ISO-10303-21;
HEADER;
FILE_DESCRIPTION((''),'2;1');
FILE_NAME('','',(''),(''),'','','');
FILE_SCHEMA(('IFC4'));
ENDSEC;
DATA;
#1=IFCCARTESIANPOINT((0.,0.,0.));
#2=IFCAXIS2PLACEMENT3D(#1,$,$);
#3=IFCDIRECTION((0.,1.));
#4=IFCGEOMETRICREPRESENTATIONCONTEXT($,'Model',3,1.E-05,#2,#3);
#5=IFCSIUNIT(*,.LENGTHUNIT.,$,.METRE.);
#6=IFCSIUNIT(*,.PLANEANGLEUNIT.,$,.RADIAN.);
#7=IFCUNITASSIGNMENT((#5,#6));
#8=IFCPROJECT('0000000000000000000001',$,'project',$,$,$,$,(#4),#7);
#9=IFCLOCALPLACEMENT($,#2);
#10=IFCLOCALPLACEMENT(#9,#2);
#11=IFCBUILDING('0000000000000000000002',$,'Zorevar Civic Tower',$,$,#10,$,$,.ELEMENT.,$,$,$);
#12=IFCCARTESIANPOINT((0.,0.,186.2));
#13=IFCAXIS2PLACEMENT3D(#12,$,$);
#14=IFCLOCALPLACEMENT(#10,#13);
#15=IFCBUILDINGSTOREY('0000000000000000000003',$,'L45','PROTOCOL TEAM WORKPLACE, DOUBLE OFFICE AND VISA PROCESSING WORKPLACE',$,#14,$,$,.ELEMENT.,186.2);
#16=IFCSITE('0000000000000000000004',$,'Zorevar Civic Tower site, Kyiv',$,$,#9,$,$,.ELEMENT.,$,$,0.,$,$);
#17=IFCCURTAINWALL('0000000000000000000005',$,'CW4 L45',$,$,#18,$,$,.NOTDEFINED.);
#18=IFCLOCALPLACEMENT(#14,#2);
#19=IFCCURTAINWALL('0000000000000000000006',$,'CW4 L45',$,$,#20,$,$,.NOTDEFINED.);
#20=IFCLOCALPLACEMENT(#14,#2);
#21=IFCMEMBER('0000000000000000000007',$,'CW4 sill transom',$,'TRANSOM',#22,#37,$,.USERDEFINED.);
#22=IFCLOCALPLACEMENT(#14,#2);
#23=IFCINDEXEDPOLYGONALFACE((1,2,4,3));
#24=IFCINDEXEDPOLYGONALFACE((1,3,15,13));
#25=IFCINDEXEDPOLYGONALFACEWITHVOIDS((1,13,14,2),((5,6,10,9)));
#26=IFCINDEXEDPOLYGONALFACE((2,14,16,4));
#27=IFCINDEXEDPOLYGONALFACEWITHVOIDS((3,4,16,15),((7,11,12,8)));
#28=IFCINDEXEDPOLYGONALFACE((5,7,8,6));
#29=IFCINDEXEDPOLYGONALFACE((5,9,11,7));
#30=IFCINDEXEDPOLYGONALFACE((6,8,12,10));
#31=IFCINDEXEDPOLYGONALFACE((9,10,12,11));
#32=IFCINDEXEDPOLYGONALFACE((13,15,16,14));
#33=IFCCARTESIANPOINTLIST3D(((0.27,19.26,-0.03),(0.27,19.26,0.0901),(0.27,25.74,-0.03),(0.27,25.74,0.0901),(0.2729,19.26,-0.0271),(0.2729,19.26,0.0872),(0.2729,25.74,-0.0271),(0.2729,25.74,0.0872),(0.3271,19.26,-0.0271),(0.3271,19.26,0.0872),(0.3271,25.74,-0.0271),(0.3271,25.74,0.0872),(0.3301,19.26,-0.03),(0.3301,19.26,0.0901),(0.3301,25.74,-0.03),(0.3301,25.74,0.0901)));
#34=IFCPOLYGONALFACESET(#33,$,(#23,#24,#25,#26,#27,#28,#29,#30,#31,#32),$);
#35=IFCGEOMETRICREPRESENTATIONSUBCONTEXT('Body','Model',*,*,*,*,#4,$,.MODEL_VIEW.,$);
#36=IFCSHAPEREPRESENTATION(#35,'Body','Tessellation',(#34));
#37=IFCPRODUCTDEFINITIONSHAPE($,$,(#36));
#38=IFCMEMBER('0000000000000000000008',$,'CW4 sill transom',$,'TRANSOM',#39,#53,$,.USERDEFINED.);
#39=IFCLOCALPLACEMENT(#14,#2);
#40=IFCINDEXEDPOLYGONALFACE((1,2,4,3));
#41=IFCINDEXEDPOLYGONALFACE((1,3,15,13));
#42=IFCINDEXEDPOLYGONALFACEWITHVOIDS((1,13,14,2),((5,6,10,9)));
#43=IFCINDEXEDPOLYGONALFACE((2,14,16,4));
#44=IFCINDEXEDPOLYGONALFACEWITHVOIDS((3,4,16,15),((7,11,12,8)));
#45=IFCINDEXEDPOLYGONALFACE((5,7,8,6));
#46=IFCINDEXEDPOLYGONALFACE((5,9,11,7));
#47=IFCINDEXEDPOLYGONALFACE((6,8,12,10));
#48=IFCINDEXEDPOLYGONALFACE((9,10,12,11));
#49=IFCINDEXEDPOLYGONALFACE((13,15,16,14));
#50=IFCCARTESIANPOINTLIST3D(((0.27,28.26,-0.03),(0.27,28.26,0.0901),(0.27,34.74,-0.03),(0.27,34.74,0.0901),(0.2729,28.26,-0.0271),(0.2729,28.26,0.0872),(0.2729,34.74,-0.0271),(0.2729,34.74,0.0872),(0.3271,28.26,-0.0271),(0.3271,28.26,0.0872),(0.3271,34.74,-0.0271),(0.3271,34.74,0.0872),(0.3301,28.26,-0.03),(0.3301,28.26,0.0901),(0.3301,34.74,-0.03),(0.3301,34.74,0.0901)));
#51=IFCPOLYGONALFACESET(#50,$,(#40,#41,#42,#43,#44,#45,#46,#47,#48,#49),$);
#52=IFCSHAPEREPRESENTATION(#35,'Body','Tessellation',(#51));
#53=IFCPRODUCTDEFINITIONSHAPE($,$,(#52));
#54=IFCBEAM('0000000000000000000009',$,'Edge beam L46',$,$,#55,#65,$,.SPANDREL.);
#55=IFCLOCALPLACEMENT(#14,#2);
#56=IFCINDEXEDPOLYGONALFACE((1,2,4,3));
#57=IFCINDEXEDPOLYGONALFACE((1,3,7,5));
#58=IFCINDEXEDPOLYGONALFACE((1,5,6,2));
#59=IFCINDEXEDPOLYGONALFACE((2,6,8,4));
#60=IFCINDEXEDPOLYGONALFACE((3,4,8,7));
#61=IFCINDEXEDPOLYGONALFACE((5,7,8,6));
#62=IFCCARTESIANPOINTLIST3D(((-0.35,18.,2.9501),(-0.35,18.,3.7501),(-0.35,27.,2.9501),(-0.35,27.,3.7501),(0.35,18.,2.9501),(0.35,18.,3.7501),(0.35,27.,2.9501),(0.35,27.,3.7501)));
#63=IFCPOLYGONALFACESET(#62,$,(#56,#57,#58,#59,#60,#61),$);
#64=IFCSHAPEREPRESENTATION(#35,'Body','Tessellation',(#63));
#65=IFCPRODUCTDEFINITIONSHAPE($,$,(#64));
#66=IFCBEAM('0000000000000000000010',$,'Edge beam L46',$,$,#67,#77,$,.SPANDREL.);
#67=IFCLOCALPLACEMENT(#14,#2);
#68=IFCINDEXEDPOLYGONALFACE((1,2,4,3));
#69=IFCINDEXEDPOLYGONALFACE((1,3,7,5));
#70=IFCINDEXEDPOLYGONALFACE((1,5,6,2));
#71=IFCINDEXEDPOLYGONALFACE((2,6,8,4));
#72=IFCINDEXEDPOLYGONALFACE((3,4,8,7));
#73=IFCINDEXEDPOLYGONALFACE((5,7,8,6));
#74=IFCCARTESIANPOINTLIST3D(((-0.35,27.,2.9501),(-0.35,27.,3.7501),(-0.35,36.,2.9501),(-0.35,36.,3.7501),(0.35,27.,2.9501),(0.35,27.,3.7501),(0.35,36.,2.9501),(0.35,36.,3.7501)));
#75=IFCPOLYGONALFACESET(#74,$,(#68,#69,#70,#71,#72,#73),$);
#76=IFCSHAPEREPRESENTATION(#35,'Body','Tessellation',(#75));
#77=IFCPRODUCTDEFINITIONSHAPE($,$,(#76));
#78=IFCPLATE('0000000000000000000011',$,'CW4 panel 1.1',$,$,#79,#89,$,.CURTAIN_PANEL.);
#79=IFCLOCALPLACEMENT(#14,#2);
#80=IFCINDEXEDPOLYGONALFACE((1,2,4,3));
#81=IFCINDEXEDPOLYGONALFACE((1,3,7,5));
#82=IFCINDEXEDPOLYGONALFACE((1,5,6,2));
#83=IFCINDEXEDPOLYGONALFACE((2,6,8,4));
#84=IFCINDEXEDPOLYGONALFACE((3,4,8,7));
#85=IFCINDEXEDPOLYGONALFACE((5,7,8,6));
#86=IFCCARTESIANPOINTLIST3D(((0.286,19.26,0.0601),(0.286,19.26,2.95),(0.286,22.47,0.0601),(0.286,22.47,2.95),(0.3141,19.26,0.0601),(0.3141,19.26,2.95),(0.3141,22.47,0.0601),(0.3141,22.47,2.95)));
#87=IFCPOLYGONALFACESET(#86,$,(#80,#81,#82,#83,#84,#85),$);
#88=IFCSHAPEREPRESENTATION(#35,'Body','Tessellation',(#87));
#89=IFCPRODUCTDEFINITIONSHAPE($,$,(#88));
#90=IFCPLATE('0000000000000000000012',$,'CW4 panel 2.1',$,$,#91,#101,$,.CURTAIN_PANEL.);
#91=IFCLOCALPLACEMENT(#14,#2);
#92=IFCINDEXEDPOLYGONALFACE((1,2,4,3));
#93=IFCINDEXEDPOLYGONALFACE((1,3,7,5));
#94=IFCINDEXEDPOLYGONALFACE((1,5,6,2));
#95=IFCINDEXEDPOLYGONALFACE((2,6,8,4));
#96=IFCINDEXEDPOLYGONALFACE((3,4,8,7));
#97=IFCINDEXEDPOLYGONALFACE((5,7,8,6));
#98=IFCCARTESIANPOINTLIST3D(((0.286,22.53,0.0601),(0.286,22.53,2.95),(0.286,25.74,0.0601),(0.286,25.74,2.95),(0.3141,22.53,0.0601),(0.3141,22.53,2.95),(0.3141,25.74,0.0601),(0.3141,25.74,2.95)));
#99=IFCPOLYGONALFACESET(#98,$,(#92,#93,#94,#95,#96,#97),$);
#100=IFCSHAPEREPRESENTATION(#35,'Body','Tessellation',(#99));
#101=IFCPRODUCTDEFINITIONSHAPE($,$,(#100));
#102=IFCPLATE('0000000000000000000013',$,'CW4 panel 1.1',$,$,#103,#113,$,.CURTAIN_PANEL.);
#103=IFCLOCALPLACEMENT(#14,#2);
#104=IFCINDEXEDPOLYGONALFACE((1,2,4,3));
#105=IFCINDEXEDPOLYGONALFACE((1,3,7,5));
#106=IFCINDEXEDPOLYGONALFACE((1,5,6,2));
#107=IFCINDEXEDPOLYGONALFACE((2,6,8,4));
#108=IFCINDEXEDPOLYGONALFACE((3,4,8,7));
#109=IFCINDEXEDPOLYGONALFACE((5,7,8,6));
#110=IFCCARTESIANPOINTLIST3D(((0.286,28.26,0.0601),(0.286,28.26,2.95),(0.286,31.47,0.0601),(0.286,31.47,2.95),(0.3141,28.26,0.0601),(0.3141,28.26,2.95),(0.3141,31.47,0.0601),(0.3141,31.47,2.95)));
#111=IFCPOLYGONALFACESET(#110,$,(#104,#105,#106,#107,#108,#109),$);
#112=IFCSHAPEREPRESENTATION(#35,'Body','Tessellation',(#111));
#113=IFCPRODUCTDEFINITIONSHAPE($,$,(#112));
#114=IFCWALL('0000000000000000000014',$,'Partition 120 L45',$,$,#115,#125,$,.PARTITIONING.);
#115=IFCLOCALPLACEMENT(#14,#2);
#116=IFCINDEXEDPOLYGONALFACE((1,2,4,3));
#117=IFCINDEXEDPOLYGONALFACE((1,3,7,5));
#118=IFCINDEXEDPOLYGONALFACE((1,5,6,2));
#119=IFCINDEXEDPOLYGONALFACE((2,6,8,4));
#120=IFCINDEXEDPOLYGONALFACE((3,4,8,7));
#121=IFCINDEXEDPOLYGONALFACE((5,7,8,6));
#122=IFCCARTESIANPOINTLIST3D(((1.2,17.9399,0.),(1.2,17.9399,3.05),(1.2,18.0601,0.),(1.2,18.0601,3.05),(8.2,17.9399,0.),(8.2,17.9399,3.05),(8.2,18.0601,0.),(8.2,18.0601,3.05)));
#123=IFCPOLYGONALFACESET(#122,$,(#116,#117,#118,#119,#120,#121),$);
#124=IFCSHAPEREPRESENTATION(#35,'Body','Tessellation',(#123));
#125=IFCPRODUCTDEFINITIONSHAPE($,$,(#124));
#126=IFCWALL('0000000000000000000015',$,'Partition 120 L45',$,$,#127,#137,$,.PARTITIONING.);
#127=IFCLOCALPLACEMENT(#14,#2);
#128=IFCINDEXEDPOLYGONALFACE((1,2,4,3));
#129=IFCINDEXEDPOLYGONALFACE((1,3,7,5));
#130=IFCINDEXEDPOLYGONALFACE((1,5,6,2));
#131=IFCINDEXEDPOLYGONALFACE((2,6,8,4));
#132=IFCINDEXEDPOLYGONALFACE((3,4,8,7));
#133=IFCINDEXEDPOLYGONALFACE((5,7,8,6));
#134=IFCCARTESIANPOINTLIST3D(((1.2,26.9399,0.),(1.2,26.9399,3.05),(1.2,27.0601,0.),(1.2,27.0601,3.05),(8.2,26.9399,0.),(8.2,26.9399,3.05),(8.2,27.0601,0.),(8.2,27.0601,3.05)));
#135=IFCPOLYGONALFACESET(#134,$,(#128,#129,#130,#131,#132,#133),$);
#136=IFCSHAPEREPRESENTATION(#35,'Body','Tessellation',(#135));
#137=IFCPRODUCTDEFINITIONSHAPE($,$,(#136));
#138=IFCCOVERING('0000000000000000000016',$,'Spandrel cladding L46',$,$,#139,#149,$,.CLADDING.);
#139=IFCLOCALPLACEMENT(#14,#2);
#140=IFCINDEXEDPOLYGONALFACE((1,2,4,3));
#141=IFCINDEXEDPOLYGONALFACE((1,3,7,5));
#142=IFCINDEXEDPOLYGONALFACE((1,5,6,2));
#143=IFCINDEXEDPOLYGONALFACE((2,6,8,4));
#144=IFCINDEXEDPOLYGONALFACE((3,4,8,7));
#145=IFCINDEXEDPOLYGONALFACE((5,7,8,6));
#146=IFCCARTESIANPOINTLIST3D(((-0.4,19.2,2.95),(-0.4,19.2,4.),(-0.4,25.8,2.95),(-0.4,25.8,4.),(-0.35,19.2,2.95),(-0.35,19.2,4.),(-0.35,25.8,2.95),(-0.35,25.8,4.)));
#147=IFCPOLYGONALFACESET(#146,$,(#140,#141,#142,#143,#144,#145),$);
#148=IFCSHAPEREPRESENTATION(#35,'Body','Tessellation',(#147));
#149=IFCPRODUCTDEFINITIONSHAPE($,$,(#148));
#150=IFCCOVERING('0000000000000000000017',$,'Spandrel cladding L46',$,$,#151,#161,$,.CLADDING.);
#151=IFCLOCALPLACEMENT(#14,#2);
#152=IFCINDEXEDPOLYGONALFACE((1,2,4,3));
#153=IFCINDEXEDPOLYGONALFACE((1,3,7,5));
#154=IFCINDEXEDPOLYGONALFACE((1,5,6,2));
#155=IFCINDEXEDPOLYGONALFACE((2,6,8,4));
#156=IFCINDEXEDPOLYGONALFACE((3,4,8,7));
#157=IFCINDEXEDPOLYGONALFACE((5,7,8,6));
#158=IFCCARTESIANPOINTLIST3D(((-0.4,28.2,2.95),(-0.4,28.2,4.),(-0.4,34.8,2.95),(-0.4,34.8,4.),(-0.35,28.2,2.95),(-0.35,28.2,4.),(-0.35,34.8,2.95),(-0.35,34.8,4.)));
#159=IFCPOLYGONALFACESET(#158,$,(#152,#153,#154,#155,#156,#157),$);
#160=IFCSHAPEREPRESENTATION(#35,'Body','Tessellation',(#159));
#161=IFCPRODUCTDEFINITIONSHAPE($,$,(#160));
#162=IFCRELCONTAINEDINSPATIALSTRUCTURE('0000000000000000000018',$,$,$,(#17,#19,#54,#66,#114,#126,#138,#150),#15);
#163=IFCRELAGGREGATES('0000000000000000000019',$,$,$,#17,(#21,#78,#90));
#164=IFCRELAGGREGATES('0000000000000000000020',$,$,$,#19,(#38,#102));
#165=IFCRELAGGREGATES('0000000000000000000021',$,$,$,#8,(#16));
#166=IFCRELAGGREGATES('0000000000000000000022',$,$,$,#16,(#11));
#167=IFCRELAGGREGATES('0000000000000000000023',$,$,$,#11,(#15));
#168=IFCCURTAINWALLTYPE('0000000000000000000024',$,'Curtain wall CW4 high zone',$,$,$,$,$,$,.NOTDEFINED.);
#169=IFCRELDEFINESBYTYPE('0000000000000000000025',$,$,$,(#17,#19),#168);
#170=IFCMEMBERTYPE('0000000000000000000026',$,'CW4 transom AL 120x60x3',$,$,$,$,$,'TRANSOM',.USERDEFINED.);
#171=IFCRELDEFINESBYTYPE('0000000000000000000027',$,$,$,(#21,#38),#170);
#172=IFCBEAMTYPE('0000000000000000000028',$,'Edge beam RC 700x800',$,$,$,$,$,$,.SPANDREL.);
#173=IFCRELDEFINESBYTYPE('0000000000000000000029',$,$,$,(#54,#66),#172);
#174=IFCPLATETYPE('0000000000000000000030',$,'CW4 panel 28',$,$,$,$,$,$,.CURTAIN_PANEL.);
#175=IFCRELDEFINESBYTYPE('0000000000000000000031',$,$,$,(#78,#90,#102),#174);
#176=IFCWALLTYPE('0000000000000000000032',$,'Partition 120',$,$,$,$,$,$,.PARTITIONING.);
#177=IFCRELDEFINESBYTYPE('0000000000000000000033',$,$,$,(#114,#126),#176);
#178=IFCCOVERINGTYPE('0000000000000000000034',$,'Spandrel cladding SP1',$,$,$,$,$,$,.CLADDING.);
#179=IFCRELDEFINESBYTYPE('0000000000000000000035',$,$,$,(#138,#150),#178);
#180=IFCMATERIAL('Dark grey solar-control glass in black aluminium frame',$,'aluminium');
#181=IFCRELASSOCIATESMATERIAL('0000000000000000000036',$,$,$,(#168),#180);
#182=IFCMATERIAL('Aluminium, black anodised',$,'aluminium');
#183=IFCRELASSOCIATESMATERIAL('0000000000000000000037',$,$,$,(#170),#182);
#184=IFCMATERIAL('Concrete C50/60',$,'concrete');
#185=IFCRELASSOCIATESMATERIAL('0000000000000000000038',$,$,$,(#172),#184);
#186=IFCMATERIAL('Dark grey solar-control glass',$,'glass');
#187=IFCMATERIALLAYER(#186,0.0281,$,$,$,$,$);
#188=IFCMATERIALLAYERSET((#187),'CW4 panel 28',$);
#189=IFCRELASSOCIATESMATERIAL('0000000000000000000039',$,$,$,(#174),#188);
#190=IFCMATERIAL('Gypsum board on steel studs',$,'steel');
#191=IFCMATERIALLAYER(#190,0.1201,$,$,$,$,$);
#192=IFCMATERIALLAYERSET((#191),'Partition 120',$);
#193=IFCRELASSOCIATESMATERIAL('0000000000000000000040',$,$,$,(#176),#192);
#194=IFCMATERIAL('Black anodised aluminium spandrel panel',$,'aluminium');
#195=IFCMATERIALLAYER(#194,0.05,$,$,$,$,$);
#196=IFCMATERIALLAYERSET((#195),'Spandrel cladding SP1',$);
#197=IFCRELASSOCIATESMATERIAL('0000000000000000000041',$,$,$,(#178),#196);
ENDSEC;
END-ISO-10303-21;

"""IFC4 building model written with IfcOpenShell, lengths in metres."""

from ifc_helpers import new_model, si_unit, direction, frame, frame_2d, origin, origin_2d, place, context, subcontext, project, spatial, rectangle, hollow_rectangle, extrude, material, layer, layer_set, material_profile, profile_set, type_object, element, aggregate, save


model = new_model("IFC4")

# Units and contexts
model_context = context("Model", 3, precision=1e-05, world=origin(), true_north=direction((0.0, 1.0)))
body_context = subcontext(model_context, "Body", "Model", "MODEL_VIEW")
ifc_project = project(units=[si_unit("LENGTHUNIT", "METRE"), si_unit("PLANEANGLEUNIT", "RADIAN")], contexts=[model_context])

# Site, building, storey
site_placement = place(None, origin())
site = spatial("IfcSite", under=ifc_project, at=site_placement, Name="Zorevar Civic Tower site, Kyiv", CompositionType="ELEMENT", RefElevation=0.0)
building_placement = place(site_placement, origin())
building = spatial("IfcBuilding", under=site, at=building_placement, Name="Zorevar Civic Tower", CompositionType="ELEMENT")
storey_placement = place(building_placement, frame((0.0, 0.0, 186.2)))
storey = spatial("IfcBuildingStorey", under=building, at=storey_placement, Name="L45", Description="PROTOCOL TEAM WORKPLACE, DOUBLE OFFICE AND VISA PROCESSING WORKPLACE", CompositionType="ELEMENT", Elevation=186.2)

# Shared definitions
ifc_material_1 = material(Name="Dark grey solar-control glass in black aluminium frame", Category="aluminium")
curtain_wall_type = type_object("IfcCurtainWallType", Name="Curtain wall CW4 high zone", PredefinedType="NOTDEFINED", material=ifc_material_1)

# Curtain walls
curtain_wall_1_placement = place(storey_placement, origin())
curtain_wall_1 = element("IfcCurtainWall", 1, at=curtain_wall_1_placement, inside=storey, type_object=curtain_wall_type, Name="CW4 L45", PredefinedType="NOTDEFINED")
curtain_wall_2_placement = place(storey_placement, origin())
curtain_wall_2 = element("IfcCurtainWall", 2, at=curtain_wall_2_placement, inside=storey, type_object=curtain_wall_type, Name="CW4 L45", PredefinedType="NOTDEFINED")

# Members
ifc_material_2 = material(Name="Aluminium, black anodised", Category="aluminium")
ifc_material_profile_1 = material_profile(ifc_material_2, hollow_rectangle(XDim=0.0601, YDim=0.1201, WallThickness=0.0029, at=origin_2d()), Name="AL 120x60x3")
ifc_profile_set_1 = profile_set([ifc_material_profile_1], Name="Aluminium, black anodised")
member_type_1 = type_object("IfcMemberType", Name="CW4 transom AL 120x60x3", ElementType="TRANSOM", PredefinedType="USERDEFINED", material=ifc_profile_set_1)
member_1_placement = place(storey_placement, frame((0.3, 19.26, 0.03), z_axis=(0.0, 1.0, 0.0), x_axis=(-1.0, 0.0, 0.0)))
member_1 = element("IfcMember", 3, at=member_1_placement, type_object=member_type_1, Name="CW4 sill transom", ObjectType="TRANSOM", PredefinedType="USERDEFINED", context=body_context, shape_type="SweptSolid", body=[
    extrude(hollow_rectangle(XDim=0.0601, YDim=0.1201, WallThickness=0.0029, at=origin_2d()), origin(), (0.0, 0.0, 1.0), 6.48),
])
member_2_placement = place(storey_placement, frame((0.3, 28.26, 0.03), z_axis=(0.0, 1.0, 0.0), x_axis=(-1.0, 0.0, 0.0)))
member_2 = element("IfcMember", 4, at=member_2_placement, type_object=member_type_1, Name="CW4 sill transom", ObjectType="TRANSOM", PredefinedType="USERDEFINED", context=body_context, shape_type="SweptSolid", body=[
    extrude(hollow_rectangle(XDim=0.0601, YDim=0.1201, WallThickness=0.0029, at=origin_2d()), origin(), (0.0, 0.0, 1.0), 6.48),
])

# Beams
ifc_material_3 = material(Name="Concrete C50/60", Category="concrete")
ifc_material_profile_2 = material_profile(ifc_material_3, rectangle(XDim=0.7, YDim=0.8, at=origin_2d()), Name="RC 700x800")
ifc_profile_set_2 = profile_set([ifc_material_profile_2], Name="Concrete C50/60")
beam_type_1 = type_object("IfcBeamType", Name="Edge beam RC 700x800", PredefinedType="SPANDREL", material=ifc_profile_set_2)
for number, where, z_axis, x_axis, name in (
    (5, (0.0, 18.0, 3.3501), (0.0, 1.0, 0.0), (-1.0, 0.0, 0.0), "Edge beam L46"),
    (6, (0.0, 27.0, 3.3501), (0.0, 1.0, 0.0), (-1.0, 0.0, 0.0), "Edge beam L46"),
):
    element("IfcBeam", number, at=place(storey_placement, frame(where, z_axis=z_axis, x_axis=x_axis)), inside=storey, type_object=beam_type_1, Name=name, PredefinedType="SPANDREL", context=body_context, shape_type="SweptSolid", body=[
        extrude(rectangle(XDim=0.7, YDim=0.8, at=origin_2d()), origin(), (0.0, 0.0, 1.0), 9.0),
    ])

# Plates
ifc_material_4 = material(Name="Dark grey solar-control glass", Category="glass")
ifc_layer_1 = layer(ifc_material_4, 0.0281)
ifc_layer_set_1 = layer_set([ifc_layer_1], Name="CW4 panel 28")
plate_type = type_object("IfcPlateType", Name="CW4 panel 28", PredefinedType="CURTAIN_PANEL", material=ifc_layer_set_1)
plate_1_placement = place(storey_placement, frame((0.3, 20.865, 0.0601), z_axis=(0.0, 0.0, 1.0), x_axis=(0.0, 1.0, 0.0)))
plate_1 = element("IfcPlate", 7, at=plate_1_placement, type_object=plate_type, Name="CW4 panel 1.1", PredefinedType="CURTAIN_PANEL", context=body_context, shape_type="SweptSolid", body=[
    extrude(rectangle(XDim=3.21, YDim=0.0281, at=origin_2d()), origin(), (0.0, 0.0, 1.0), 2.8899),
])
plate_2_placement = place(storey_placement, frame((0.3, 24.135, 0.0601), z_axis=(0.0, 0.0, 1.0), x_axis=(0.0, 1.0, 0.0)))
plate_2 = element("IfcPlate", 8, at=plate_2_placement, type_object=plate_type, Name="CW4 panel 2.1", PredefinedType="CURTAIN_PANEL", context=body_context, shape_type="SweptSolid", body=[
    extrude(rectangle(XDim=3.21, YDim=0.0281, at=origin_2d()), origin(), (0.0, 0.0, 1.0), 2.8899),
])
aggregate(curtain_wall_1, [member_1, plate_1, plate_2])
plate_3_placement = place(storey_placement, frame((0.3, 29.865, 0.0601), z_axis=(0.0, 0.0, 1.0), x_axis=(0.0, 1.0, 0.0)))
plate_3 = element("IfcPlate", 9, at=plate_3_placement, type_object=plate_type, Name="CW4 panel 1.1", PredefinedType="CURTAIN_PANEL", context=body_context, shape_type="SweptSolid", body=[
    extrude(rectangle(XDim=3.21, YDim=0.0281, at=origin_2d()), origin(), (0.0, 0.0, 1.0), 2.8899),
])
aggregate(curtain_wall_2, [member_2, plate_3])

# Walls
ifc_material_5 = material(Name="Gypsum board on steel studs", Category="steel")
ifc_layer_2 = layer(ifc_material_5, 0.1201)
ifc_layer_set_2 = layer_set([ifc_layer_2], Name="Partition 120")
wall_type = type_object("IfcWallType", Name="Partition 120", PredefinedType="PARTITIONING", material=ifc_layer_set_2)
for number, where, z_axis, x_axis, name in (
    (10, (1.2, 18.0, 0.0), (0.0, 0.0, 1.0), (1.0, 0.0, 0.0), "Partition 120 L45"),
    (11, (1.2, 27.0, 0.0), (0.0, 0.0, 1.0), (1.0, 0.0, 0.0), "Partition 120 L45"),
):
    element("IfcWall", number, at=place(storey_placement, frame(where, z_axis=z_axis, x_axis=x_axis)), inside=storey, type_object=wall_type, Name=name, PredefinedType="PARTITIONING", context=body_context, shape_type="SweptSolid", body=[
        extrude(rectangle(XDim=7.0, YDim=0.1201, at=frame_2d((3.5, 0.0))), origin(), (0.0, 0.0, 1.0), 3.05),
    ])

# Coverings
ifc_material_6 = material(Name="Black anodised aluminium spandrel panel", Category="aluminium")
ifc_layer_3 = layer(ifc_material_6, 0.05)
ifc_layer_set_3 = layer_set([ifc_layer_3], Name="Spandrel cladding SP1")
covering_type = type_object("IfcCoveringType", Name="Spandrel cladding SP1", PredefinedType="CLADDING", material=ifc_layer_set_3)
for number, where, z_axis, x_axis, name in (
    (12, (-0.375, 19.2, 2.95), (0.0, 0.0, 1.0), (0.0, 1.0, 0.0), "Spandrel cladding L46"),
    (13, (-0.375, 28.2, 2.95), (0.0, 0.0, 1.0), (0.0, 1.0, 0.0), "Spandrel cladding L46"),
):
    element("IfcCovering", number, at=place(storey_placement, frame(where, z_axis=z_axis, x_axis=x_axis)), inside=storey, type_object=covering_type, Name=name, PredefinedType="CLADDING", context=body_context, shape_type="SweptSolid", body=[
        extrude(rectangle(XDim=6.6001, YDim=0.05, at=frame_2d((3.3, 0.0))), origin(), (0.0, 0.0, 1.0), 1.05),
    ])

save(model, "model.ifc")
